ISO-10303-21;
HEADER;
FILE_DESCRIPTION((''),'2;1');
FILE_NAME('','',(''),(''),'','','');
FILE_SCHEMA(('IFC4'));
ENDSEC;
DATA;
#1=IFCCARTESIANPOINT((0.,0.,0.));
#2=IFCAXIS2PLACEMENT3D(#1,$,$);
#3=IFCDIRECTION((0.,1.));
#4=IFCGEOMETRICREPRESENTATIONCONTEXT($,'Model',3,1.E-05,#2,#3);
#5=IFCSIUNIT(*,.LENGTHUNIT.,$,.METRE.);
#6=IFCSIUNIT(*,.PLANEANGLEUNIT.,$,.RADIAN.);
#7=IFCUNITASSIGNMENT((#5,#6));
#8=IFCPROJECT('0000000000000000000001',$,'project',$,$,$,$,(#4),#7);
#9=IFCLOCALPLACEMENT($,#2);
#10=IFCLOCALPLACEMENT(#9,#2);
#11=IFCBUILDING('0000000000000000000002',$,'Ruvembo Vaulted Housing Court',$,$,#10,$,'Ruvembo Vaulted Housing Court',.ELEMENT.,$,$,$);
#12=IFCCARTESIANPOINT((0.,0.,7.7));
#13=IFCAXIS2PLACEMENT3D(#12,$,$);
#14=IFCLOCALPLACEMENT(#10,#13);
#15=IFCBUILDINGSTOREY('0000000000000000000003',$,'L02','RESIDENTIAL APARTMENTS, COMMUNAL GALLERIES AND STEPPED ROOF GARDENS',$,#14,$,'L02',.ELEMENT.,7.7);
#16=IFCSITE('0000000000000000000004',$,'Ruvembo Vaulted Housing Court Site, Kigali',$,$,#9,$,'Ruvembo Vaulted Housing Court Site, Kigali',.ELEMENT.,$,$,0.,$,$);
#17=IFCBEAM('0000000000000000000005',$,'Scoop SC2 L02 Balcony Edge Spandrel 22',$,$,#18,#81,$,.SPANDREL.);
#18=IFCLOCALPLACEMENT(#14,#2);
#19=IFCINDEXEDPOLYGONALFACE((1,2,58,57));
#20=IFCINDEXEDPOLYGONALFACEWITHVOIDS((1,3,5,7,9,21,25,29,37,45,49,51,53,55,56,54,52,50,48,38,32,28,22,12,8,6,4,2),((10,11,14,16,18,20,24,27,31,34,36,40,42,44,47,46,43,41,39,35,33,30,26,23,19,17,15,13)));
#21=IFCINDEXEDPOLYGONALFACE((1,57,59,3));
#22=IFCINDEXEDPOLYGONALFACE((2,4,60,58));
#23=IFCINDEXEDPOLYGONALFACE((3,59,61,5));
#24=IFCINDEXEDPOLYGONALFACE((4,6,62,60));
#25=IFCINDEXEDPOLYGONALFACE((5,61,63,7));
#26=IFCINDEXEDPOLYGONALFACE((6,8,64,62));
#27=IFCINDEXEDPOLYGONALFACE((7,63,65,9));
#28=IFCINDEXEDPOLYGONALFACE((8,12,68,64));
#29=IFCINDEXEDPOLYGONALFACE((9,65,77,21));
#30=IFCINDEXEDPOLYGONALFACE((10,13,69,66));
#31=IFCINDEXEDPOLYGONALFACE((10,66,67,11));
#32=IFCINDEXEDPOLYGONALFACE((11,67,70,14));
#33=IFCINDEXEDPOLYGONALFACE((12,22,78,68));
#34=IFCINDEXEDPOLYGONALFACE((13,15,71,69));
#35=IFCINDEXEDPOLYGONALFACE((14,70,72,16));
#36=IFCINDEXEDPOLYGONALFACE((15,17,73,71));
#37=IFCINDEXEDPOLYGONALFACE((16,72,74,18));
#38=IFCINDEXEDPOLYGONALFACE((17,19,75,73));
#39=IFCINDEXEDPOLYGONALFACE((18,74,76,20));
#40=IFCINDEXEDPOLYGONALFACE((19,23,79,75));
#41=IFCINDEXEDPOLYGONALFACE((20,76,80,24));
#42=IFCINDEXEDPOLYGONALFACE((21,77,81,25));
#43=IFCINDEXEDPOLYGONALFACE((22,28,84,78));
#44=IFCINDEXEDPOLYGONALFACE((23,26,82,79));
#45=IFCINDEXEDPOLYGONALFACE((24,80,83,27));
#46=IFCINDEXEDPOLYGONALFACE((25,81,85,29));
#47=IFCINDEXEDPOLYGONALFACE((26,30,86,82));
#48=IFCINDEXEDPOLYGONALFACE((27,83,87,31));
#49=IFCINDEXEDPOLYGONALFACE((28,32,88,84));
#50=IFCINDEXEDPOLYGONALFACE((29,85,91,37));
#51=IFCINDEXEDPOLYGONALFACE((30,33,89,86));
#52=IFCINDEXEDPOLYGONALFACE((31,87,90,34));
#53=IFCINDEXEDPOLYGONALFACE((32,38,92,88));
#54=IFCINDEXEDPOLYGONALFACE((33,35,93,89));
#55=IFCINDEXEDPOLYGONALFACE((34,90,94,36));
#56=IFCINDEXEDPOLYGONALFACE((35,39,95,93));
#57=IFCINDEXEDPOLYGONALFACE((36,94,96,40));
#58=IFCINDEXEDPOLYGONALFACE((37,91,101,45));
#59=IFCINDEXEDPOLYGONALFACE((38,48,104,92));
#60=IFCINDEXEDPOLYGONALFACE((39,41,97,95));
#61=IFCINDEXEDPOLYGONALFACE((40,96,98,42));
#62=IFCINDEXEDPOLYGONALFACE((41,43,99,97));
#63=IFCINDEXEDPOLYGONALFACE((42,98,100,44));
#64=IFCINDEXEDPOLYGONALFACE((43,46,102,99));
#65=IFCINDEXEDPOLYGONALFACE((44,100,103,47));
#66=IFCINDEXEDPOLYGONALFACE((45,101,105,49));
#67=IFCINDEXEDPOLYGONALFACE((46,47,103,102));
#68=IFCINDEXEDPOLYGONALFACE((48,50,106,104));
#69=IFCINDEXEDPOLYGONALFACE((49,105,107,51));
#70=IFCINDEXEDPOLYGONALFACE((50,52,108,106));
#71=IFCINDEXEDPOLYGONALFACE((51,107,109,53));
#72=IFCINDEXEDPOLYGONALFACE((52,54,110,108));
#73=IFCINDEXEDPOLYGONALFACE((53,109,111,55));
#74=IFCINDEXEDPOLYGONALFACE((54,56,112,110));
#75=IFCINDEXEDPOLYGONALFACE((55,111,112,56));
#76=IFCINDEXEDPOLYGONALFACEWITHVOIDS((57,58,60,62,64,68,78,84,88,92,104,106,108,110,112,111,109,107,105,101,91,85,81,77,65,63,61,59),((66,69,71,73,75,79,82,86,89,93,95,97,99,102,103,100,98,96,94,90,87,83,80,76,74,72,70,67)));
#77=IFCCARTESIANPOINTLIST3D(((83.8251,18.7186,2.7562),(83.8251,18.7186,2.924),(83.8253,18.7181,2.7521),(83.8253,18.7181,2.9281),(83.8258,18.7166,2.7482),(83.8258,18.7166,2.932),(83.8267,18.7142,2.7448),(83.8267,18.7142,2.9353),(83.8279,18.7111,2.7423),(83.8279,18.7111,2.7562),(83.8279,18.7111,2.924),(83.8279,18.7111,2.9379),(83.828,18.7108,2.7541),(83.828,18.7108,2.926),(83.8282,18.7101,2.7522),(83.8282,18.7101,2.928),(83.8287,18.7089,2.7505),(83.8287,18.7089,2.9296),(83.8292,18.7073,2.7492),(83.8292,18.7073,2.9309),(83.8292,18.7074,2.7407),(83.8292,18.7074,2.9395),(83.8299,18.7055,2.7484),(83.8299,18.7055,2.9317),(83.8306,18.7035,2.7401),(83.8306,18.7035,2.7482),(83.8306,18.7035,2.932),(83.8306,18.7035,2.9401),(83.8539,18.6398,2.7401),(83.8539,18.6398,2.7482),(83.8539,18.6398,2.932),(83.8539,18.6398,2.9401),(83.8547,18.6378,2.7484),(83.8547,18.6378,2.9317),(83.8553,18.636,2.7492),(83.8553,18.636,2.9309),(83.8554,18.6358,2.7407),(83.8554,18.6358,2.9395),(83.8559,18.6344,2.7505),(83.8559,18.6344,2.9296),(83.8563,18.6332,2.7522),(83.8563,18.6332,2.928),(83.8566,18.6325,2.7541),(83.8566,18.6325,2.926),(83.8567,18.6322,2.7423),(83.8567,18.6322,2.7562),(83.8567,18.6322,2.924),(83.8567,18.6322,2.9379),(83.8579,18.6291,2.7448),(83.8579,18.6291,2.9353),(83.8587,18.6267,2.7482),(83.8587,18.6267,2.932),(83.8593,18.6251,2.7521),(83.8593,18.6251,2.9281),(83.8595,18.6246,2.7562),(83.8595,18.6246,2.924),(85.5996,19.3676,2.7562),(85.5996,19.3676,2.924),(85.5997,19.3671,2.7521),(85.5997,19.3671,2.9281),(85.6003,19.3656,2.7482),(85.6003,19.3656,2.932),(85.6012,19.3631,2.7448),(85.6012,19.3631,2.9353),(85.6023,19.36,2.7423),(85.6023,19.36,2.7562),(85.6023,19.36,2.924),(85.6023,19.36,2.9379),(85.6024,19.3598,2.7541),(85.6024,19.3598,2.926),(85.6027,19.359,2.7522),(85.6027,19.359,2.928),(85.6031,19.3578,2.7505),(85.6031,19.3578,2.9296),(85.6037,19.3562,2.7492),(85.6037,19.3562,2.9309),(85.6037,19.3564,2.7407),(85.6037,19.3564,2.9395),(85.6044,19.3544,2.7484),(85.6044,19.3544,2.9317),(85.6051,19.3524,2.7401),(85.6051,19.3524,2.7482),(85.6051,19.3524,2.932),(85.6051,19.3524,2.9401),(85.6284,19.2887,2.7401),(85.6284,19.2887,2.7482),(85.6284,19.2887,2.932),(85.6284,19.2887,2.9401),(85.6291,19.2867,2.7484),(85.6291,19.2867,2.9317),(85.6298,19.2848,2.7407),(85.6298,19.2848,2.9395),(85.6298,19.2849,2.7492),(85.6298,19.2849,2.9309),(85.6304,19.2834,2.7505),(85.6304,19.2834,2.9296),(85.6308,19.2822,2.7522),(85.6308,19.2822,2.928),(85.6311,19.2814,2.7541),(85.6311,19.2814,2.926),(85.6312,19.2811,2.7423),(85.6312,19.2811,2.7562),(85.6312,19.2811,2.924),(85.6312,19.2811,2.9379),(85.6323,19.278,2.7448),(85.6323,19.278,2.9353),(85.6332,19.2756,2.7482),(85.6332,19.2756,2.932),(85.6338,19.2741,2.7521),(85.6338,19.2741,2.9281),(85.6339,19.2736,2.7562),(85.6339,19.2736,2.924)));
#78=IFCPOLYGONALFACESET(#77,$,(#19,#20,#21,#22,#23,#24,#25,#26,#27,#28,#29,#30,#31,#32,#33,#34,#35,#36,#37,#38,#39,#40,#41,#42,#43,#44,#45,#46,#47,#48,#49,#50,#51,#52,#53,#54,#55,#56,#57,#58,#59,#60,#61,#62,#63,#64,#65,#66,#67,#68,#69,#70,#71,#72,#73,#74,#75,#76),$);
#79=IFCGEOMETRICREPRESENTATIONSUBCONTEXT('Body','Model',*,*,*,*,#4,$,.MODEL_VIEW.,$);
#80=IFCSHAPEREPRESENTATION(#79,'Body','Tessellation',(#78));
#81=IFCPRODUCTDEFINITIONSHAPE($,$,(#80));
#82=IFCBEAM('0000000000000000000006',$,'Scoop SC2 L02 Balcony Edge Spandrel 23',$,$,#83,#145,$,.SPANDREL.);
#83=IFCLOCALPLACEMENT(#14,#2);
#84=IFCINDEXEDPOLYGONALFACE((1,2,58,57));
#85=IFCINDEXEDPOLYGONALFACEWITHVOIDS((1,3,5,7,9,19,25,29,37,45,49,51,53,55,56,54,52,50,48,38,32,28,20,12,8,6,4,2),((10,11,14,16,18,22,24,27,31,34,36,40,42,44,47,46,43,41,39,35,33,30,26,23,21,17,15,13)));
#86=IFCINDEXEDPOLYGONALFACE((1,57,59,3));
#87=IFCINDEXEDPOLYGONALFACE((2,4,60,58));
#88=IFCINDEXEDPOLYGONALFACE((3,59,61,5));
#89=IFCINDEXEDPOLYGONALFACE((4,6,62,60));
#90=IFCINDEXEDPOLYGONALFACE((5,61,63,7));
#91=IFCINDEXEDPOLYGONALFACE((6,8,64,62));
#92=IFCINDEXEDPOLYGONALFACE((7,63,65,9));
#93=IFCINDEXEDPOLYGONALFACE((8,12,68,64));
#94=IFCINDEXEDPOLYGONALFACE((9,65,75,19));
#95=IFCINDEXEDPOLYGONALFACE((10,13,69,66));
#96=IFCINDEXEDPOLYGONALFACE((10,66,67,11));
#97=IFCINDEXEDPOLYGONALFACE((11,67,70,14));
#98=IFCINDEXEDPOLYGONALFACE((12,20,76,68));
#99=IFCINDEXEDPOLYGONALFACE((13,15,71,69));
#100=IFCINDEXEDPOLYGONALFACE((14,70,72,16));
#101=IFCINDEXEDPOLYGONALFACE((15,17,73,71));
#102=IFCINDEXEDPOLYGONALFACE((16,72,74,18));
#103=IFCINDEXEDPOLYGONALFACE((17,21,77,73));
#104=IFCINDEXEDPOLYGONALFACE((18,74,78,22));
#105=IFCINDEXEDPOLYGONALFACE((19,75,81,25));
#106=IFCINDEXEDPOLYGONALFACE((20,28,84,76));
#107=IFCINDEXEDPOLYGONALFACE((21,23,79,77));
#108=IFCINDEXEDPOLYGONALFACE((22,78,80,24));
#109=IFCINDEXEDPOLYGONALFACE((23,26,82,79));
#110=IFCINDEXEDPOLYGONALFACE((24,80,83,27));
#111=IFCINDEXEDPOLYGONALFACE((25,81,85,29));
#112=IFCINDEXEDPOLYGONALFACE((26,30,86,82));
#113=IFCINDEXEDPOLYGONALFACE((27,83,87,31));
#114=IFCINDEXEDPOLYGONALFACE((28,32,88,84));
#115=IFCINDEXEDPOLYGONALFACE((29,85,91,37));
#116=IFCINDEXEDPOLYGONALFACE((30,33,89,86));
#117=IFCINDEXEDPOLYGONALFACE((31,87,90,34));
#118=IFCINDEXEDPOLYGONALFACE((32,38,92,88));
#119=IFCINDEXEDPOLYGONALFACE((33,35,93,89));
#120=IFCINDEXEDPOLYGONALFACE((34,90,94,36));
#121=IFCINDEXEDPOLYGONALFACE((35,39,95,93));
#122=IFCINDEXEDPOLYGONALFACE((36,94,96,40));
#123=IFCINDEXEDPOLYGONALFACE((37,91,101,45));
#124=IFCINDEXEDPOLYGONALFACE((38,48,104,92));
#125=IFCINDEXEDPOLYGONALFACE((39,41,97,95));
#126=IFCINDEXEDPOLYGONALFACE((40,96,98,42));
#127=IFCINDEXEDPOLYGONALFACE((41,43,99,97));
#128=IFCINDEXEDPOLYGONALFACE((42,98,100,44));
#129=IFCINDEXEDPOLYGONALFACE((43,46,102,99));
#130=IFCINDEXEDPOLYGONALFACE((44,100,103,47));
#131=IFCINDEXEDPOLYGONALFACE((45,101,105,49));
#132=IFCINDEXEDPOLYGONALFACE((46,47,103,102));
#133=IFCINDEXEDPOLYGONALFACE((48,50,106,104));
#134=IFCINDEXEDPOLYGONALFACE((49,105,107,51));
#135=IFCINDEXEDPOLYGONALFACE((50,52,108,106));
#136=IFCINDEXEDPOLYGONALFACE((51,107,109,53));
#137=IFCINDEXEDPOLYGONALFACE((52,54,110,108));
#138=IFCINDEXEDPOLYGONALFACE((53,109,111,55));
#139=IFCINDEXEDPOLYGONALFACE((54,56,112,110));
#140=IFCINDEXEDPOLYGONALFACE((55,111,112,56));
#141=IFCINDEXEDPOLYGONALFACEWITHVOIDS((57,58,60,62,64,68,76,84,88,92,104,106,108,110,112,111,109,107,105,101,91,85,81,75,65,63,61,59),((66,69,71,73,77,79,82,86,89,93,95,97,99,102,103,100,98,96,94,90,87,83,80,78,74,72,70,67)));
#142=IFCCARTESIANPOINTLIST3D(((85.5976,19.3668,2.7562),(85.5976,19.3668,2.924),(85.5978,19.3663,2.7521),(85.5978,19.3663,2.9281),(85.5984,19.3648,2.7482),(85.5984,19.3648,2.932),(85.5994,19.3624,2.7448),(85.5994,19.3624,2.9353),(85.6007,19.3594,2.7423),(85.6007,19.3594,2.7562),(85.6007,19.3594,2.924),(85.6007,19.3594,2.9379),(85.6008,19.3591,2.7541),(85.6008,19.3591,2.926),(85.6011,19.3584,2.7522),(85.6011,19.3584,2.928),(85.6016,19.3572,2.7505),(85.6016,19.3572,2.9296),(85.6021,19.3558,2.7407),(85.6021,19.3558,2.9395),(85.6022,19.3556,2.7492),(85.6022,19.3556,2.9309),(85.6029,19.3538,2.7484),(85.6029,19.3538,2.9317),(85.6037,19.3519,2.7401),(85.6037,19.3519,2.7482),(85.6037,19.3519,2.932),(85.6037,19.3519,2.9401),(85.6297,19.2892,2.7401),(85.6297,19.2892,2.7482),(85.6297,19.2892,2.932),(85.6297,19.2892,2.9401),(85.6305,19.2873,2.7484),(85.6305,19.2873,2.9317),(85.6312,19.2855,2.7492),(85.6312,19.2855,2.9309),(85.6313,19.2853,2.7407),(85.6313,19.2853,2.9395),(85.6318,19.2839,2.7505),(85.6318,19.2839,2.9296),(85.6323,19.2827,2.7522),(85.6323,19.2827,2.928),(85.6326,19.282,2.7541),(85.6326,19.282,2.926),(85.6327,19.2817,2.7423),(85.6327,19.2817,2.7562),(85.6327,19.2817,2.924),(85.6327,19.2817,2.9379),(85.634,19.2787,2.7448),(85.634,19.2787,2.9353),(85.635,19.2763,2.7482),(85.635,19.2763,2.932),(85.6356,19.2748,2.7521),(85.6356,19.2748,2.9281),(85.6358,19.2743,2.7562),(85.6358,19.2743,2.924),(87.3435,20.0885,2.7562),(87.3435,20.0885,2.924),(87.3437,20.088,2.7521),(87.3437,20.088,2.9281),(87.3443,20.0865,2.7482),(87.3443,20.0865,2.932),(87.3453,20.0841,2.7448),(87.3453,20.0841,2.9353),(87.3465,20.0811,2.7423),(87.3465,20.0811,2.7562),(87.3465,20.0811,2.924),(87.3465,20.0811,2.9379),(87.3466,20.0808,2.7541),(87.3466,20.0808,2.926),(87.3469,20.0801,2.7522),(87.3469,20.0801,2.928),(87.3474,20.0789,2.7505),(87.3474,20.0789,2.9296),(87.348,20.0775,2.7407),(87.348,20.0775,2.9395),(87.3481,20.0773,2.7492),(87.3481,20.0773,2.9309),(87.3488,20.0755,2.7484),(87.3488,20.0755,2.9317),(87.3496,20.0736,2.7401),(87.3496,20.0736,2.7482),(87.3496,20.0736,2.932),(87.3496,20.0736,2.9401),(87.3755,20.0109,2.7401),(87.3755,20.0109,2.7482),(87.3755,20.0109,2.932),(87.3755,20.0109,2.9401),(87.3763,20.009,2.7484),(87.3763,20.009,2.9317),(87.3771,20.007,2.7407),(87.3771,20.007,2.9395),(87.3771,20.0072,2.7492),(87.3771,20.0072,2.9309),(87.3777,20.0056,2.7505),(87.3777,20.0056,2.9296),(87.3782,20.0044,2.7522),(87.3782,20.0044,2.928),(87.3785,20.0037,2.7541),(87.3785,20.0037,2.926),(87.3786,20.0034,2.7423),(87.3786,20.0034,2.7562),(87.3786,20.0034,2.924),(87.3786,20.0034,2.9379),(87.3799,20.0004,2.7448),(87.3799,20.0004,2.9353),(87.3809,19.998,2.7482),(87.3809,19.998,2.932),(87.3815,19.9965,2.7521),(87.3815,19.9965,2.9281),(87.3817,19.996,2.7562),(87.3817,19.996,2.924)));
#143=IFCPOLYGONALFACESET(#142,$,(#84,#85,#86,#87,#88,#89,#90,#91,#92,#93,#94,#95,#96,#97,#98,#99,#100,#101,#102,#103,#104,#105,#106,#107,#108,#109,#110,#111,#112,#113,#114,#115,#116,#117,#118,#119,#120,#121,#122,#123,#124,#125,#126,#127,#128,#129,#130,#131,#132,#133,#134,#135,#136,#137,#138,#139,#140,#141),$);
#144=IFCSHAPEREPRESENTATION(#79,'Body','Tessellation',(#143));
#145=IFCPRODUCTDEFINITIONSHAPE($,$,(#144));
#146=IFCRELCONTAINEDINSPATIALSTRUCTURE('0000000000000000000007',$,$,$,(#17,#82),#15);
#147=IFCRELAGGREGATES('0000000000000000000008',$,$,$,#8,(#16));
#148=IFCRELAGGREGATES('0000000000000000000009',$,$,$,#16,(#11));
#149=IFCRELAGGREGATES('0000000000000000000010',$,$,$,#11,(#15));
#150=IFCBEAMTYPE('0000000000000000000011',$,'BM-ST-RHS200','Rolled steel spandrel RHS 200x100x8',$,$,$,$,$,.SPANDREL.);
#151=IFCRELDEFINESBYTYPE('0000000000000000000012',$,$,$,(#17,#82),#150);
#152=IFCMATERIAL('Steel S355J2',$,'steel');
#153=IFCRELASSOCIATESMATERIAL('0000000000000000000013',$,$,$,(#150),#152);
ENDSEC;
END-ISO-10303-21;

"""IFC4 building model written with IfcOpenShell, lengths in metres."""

from ifc_helpers import new_model, si_unit, direction, frame, origin, origin_2d, place, context, subcontext, project, spatial, hollow_rectangle, extrude, material, material_profile, profile_set, type_object, element, save


model = new_model("IFC4")

# Units and contexts
model_context = context("Model", 3, precision=1e-05, world=origin(), true_north=direction((0.0, 1.0)))
body_context = subcontext(model_context, "Body", "Model", "MODEL_VIEW")
ifc_project = project(units=[si_unit("LENGTHUNIT", "METRE"), si_unit("PLANEANGLEUNIT", "RADIAN")], contexts=[model_context])

# Site, building, storey
site_placement = place(None, origin())
site = spatial("IfcSite", under=ifc_project, at=site_placement, Name="Ruvembo Vaulted Housing Court Site, Kigali", LongName="Ruvembo Vaulted Housing Court Site, Kigali", CompositionType="ELEMENT", RefElevation=0.0)
building_placement = place(site_placement, origin())
building = spatial("IfcBuilding", under=site, at=building_placement, Name="Ruvembo Vaulted Housing Court", LongName="Ruvembo Vaulted Housing Court", CompositionType="ELEMENT")
storey_placement = place(building_placement, frame((0.0, 0.0, 7.7)))
storey = spatial("IfcBuildingStorey", under=building, at=storey_placement, Name="L02", Description="RESIDENTIAL APARTMENTS, COMMUNAL GALLERIES AND STEPPED ROOF GARDENS", LongName="L02", CompositionType="ELEMENT", Elevation=7.7)

# Beams
ifc_material_1 = material(Name="Steel S355J2", Category="steel")
ifc_material_profile_1 = material_profile(ifc_material_1, hollow_rectangle(XDim=0.1001, YDim=0.2, WallThickness=0.0081, InnerFilletRadius=0.0081, OuterFilletRadius=0.0161, at=origin_2d()), Name="RHS 200x100x8")
ifc_profile_set_1 = profile_set([ifc_material_profile_1], Name="Steel S355J2")
beam_type = type_object("IfcBeamType", Name="BM-ST-RHS200", Description="Rolled steel spandrel RHS 200x100x8", PredefinedType="SPANDREL", material=ifc_profile_set_1)
beam_1_placement = place(storey_placement, frame((83.8423, 18.6716, 2.8401), z_axis=(0.939166, 0.343465, 0.0), x_axis=(-0.343465, 0.939166, 0.0)))
element("IfcBeam", 1, at=beam_1_placement, inside=storey, type_object=beam_type, Name="Scoop SC2 L02 Balcony Edge Spandrel 22", PredefinedType="SPANDREL", context=body_context, shape_type="SweptSolid", body=[
    extrude(hollow_rectangle(XDim=0.1001, YDim=0.2, WallThickness=0.0081, InnerFilletRadius=0.0081, OuterFilletRadius=0.0161, at=origin_2d()), origin(), (0.0, 0.0, 1.0), 1.8894),
])
beam_2_placement = place(storey_placement, frame((85.6167, 19.3206, 2.8401), z_axis=(0.924155, 0.382017, 0.0), x_axis=(-0.382017, 0.924155, 0.0)))
element("IfcBeam", 2, at=beam_2_placement, inside=storey, type_object=beam_type, Name="Scoop SC2 L02 Balcony Edge Spandrel 23", PredefinedType="SPANDREL", context=body_context, shape_type="SweptSolid", body=[
    extrude(hollow_rectangle(XDim=0.1001, YDim=0.2, WallThickness=0.0081, InnerFilletRadius=0.0081, OuterFilletRadius=0.0161, at=origin_2d()), origin(), (0.0, 0.0, 1.0), 1.8892),
])

save(model, "model.ifc")
